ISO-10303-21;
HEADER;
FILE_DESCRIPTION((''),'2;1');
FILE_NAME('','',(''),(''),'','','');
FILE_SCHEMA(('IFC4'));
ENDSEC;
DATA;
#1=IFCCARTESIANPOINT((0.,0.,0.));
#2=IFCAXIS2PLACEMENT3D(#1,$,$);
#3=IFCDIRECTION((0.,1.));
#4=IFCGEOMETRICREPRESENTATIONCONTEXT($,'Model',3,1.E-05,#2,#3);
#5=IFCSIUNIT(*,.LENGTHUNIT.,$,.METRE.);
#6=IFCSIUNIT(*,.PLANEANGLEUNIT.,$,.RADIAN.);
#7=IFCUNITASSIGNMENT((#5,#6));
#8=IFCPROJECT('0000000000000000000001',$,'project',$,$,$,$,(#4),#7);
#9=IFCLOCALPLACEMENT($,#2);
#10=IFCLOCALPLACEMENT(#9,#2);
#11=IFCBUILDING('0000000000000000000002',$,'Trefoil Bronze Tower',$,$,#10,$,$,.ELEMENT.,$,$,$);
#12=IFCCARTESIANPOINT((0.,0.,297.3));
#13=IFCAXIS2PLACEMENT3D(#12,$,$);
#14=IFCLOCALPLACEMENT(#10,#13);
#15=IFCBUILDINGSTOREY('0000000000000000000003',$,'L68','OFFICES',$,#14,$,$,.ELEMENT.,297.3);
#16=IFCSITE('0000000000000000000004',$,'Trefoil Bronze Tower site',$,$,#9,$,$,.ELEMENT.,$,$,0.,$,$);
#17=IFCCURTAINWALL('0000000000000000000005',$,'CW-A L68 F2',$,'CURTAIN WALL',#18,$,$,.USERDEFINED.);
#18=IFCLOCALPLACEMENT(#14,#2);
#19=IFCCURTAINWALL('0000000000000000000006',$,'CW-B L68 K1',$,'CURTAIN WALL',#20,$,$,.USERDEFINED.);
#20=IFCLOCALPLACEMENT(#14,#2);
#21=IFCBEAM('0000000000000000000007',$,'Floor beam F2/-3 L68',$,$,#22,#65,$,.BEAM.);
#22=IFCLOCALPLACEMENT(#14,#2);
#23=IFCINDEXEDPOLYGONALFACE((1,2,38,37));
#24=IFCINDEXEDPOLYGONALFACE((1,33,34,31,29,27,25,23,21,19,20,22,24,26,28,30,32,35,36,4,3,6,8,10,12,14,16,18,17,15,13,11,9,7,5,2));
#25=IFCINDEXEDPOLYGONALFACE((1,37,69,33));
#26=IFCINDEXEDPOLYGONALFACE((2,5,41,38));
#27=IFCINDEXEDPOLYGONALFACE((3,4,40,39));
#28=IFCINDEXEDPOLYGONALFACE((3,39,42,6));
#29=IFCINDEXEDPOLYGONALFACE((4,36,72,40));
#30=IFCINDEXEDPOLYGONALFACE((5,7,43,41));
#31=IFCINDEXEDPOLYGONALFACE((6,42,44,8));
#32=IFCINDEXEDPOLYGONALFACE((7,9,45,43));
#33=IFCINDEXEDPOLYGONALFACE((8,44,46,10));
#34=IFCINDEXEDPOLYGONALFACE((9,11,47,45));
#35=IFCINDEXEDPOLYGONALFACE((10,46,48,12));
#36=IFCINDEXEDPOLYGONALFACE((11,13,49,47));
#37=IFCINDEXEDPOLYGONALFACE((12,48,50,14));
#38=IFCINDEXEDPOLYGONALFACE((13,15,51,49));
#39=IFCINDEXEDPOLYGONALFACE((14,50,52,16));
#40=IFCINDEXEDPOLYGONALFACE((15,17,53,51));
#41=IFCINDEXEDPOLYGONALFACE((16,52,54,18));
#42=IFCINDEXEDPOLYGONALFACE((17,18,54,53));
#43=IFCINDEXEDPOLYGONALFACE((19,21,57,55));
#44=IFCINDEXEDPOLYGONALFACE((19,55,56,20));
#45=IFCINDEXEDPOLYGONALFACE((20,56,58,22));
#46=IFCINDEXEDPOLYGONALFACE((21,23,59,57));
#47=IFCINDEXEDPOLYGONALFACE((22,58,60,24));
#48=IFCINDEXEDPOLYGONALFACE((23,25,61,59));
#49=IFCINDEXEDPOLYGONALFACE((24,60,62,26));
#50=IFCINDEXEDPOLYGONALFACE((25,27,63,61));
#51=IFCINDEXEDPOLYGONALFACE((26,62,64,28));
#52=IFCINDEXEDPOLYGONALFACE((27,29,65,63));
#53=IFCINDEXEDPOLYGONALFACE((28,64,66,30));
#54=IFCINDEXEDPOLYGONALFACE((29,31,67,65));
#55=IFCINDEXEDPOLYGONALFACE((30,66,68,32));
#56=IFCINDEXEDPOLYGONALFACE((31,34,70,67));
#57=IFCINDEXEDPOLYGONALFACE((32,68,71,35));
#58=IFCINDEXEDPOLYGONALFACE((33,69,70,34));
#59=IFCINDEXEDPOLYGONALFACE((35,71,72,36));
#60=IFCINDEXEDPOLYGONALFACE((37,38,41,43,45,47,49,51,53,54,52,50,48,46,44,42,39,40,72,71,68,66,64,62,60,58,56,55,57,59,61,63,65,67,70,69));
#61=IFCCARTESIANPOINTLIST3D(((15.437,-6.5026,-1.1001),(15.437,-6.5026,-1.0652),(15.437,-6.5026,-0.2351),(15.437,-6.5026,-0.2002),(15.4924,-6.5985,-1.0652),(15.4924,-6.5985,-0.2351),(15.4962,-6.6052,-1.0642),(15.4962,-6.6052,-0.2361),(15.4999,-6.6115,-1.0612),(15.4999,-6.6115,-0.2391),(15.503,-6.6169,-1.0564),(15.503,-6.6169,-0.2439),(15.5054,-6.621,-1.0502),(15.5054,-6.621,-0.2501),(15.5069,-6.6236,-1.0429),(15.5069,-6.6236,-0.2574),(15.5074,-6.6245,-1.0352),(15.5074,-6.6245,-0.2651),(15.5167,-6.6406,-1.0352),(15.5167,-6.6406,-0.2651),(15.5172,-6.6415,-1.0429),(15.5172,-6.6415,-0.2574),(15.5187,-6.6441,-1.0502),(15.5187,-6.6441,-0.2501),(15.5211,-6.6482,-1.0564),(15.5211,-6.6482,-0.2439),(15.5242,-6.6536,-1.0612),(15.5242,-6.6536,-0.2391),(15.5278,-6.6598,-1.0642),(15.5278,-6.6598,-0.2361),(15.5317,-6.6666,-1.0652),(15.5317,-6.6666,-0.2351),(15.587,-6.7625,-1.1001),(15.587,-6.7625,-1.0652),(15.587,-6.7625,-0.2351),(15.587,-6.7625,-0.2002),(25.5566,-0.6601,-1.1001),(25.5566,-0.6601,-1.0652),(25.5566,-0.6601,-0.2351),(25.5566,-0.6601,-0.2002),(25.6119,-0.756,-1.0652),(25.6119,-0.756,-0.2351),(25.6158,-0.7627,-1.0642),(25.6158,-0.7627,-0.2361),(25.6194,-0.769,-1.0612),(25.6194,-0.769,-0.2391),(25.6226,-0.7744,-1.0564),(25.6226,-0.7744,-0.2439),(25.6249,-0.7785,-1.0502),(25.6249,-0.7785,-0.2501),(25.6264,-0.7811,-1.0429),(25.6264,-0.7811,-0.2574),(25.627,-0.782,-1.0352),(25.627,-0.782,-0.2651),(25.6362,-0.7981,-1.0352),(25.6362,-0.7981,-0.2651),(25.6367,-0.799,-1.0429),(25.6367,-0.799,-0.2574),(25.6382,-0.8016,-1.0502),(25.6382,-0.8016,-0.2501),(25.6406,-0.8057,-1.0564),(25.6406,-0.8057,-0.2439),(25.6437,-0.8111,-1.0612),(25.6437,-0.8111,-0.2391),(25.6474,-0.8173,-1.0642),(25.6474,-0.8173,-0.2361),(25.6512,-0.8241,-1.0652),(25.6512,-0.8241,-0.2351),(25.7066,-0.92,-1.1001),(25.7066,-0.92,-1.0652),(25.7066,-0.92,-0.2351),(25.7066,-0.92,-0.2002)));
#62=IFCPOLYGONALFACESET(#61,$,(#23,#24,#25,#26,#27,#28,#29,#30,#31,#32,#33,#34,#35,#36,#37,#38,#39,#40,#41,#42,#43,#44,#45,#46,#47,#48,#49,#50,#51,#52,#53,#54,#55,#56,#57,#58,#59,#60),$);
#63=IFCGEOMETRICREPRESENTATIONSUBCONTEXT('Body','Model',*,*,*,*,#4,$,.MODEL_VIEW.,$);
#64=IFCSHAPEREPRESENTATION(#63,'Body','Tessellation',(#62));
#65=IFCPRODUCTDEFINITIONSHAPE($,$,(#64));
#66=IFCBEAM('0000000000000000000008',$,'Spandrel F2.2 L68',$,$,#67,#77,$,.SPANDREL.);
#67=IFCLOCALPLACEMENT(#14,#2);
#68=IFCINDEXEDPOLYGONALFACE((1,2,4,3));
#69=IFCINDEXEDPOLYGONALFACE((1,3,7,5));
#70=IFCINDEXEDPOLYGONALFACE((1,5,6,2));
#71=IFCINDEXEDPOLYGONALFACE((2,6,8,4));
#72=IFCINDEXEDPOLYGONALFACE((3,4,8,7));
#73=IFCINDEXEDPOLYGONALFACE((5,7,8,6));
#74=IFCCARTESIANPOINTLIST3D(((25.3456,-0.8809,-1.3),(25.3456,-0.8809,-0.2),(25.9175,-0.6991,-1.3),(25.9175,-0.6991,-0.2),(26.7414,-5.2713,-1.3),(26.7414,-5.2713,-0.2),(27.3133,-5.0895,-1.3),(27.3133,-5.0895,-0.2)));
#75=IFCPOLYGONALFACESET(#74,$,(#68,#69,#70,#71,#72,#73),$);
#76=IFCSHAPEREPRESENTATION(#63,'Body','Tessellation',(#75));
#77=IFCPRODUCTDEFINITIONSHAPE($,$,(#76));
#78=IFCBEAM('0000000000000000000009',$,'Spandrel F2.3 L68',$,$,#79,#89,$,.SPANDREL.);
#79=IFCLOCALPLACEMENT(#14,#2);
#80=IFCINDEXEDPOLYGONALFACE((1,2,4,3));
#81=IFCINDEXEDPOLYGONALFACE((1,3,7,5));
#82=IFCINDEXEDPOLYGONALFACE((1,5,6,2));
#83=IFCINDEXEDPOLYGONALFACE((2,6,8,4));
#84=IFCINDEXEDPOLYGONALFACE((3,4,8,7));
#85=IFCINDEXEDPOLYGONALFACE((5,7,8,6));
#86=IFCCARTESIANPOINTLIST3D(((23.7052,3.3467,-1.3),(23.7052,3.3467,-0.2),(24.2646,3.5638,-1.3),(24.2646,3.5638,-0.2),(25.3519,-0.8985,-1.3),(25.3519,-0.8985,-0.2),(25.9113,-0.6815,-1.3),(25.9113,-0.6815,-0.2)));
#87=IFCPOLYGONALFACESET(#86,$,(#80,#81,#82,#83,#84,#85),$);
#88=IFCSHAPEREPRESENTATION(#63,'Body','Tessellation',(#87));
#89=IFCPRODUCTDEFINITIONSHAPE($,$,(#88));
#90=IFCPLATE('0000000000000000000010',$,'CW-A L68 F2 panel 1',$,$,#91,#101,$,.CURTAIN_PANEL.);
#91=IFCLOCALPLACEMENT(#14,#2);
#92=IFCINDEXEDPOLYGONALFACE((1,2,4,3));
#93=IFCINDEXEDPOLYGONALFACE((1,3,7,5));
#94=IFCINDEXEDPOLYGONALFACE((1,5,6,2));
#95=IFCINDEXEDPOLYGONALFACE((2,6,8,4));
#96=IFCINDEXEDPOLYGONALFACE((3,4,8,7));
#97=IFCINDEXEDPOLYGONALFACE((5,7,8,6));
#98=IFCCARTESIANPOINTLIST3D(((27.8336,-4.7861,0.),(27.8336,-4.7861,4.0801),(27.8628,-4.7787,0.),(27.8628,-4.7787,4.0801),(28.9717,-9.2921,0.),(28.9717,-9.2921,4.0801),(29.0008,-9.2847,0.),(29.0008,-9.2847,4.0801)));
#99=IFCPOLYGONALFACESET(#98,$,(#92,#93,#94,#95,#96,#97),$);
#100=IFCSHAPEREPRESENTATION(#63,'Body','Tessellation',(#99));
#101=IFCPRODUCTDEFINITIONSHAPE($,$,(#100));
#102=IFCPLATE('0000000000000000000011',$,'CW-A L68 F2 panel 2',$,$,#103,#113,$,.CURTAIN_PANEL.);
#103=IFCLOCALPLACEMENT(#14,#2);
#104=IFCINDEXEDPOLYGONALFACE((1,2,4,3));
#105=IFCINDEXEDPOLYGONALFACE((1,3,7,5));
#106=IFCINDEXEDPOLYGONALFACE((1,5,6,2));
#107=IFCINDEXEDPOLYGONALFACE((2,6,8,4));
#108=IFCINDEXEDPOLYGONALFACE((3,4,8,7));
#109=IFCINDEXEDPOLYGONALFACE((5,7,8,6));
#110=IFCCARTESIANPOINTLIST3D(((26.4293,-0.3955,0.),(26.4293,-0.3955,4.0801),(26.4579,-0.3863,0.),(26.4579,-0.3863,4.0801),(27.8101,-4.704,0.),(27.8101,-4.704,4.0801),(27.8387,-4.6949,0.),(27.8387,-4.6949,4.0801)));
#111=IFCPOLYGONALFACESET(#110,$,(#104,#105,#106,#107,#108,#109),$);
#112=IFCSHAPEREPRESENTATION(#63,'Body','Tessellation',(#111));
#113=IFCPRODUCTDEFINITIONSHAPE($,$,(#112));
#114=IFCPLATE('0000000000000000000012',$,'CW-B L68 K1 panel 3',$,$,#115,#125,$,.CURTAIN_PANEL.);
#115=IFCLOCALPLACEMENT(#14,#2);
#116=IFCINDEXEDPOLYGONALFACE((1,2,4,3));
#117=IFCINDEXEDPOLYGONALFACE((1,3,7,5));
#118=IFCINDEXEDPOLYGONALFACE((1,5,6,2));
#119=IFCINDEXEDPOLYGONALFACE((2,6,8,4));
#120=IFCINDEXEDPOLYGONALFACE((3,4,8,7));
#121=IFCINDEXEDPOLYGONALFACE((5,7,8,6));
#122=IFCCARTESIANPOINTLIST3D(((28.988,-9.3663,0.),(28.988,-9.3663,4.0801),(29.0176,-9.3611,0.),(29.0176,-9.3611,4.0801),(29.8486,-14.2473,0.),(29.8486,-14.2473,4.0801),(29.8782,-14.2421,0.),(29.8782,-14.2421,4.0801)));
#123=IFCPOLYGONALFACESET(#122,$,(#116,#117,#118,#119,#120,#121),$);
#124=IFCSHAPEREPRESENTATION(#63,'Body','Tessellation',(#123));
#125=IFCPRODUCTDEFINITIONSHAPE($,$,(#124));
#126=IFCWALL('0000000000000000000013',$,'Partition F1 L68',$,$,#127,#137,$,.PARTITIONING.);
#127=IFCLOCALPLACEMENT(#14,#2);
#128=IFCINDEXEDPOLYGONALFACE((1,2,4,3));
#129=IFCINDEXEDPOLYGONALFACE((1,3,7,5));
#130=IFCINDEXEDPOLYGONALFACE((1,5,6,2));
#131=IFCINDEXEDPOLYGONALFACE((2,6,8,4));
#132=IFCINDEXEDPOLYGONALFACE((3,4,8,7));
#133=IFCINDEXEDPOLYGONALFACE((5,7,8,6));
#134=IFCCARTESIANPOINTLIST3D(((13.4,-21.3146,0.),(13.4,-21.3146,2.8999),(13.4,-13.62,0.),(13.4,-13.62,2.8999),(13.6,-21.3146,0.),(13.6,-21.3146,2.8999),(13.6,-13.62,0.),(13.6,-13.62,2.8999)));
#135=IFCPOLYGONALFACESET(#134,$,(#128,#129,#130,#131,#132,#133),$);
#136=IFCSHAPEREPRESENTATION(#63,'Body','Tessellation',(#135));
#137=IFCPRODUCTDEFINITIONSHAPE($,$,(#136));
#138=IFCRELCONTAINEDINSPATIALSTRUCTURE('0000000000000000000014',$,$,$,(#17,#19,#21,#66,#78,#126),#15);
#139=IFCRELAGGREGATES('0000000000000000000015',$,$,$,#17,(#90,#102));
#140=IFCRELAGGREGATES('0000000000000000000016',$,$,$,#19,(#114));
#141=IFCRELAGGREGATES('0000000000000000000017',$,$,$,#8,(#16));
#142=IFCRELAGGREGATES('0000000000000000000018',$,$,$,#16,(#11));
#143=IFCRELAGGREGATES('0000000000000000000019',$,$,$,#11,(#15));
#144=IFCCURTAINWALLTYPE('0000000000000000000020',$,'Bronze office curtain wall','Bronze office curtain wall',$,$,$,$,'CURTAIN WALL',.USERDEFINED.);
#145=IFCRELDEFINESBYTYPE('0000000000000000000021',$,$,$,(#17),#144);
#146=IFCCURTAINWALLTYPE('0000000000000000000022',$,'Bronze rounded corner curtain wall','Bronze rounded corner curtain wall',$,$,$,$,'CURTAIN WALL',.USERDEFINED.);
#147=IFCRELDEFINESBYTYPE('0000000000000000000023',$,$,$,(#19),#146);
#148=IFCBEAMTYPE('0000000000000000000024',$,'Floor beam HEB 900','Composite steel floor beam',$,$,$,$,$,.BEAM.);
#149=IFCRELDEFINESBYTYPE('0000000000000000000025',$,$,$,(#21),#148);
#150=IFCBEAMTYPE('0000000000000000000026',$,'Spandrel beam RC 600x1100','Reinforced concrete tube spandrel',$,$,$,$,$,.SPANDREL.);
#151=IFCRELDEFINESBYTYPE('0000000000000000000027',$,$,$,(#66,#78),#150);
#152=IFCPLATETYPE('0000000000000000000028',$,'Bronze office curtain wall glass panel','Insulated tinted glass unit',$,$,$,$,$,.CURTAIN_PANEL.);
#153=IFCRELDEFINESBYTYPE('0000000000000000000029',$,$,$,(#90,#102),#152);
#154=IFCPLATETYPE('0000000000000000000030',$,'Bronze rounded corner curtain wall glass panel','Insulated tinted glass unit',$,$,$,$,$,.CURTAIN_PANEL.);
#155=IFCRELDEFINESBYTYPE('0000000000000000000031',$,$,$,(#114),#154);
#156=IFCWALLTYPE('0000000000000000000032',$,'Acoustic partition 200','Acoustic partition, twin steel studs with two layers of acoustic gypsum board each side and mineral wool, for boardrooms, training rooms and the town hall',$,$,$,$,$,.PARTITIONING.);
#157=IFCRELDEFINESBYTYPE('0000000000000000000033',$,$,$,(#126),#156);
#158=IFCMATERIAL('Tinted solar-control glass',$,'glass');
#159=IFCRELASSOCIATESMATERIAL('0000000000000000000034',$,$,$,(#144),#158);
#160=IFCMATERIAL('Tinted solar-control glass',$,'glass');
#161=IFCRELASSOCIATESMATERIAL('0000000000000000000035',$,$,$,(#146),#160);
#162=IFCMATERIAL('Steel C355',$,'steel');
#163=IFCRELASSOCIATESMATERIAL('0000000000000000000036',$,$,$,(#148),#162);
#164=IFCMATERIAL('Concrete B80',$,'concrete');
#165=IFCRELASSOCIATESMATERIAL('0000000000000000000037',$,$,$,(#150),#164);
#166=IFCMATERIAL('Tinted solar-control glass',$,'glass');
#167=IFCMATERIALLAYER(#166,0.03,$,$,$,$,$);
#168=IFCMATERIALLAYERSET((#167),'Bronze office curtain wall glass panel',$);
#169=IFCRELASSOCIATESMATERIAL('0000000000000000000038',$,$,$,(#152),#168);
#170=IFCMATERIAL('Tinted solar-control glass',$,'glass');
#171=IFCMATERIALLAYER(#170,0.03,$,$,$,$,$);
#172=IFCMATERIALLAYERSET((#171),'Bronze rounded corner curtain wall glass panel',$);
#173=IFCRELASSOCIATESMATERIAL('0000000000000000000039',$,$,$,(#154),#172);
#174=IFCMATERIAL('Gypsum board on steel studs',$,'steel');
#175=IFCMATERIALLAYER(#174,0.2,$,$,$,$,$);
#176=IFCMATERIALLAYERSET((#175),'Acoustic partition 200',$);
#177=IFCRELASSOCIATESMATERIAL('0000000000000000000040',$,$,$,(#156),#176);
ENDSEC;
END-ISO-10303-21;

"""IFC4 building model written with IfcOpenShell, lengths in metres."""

from ifc_helpers import new_model, si_unit, direction, frame, frame_2d, origin, origin_2d, place, context, subcontext, project, spatial, rectangle, i_section, extrude, material, layer, layer_set, material_profile, profile_set, type_object, element, aggregate, save


model = new_model("IFC4")

# Units and contexts
model_context = context("Model", 3, precision=1e-05, world=origin(), true_north=direction((0.0, 1.0)))
body_context = subcontext(model_context, "Body", "Model", "MODEL_VIEW")
ifc_project = project(units=[si_unit("LENGTHUNIT", "METRE"), si_unit("PLANEANGLEUNIT", "RADIAN")], contexts=[model_context])

# Site, building, storey
site_placement = place(None, origin())
site = spatial("IfcSite", under=ifc_project, at=site_placement, Name="Trefoil Bronze Tower site", CompositionType="ELEMENT", RefElevation=0.0)
building_placement = place(site_placement, origin())
building = spatial("IfcBuilding", under=site, at=building_placement, Name="Trefoil Bronze Tower", CompositionType="ELEMENT")
storey_placement = place(building_placement, frame((0.0, 0.0, 297.3)))
storey = spatial("IfcBuildingStorey", under=building, at=storey_placement, Name="L68", Description="OFFICES", CompositionType="ELEMENT", Elevation=297.3)

# Curtain wall
ifc_material_1 = material(Name="Tinted solar-control glass", Category="glass")
curtain_wall_type_1 = type_object("IfcCurtainWallType", Name="Bronze office curtain wall", Description="Bronze office curtain wall", ElementType="CURTAIN WALL", PredefinedType="USERDEFINED", material=ifc_material_1)
curtain_wall_1_placement = place(storey_placement, origin())
curtain_wall_1 = element("IfcCurtainWall", 1, at=curtain_wall_1_placement, inside=storey, type_object=curtain_wall_type_1, Name="CW-A L68 F2", ObjectType="CURTAIN WALL", PredefinedType="USERDEFINED")

# Curtain wall
ifc_material_2 = material(Name="Tinted solar-control glass", Category="glass")
curtain_wall_type_2 = type_object("IfcCurtainWallType", Name="Bronze rounded corner curtain wall", Description="Bronze rounded corner curtain wall", ElementType="CURTAIN WALL", PredefinedType="USERDEFINED", material=ifc_material_2)
curtain_wall_2_placement = place(storey_placement, origin())
curtain_wall_2 = element("IfcCurtainWall", 2, at=curtain_wall_2_placement, inside=storey, type_object=curtain_wall_type_2, Name="CW-B L68 K1", ObjectType="CURTAIN WALL", PredefinedType="USERDEFINED")

# Beams
ifc_material_3 = material(Name="Steel C355", Category="steel")
ifc_material_profile_1 = material_profile(ifc_material_3, i_section(OverallWidth=0.3, OverallDepth=0.8999, WebThickness=0.0186, FlangeThickness=0.0349, FilletRadius=0.03, at=origin_2d()), Name="HEB 900")
ifc_profile_set_1 = profile_set([ifc_material_profile_1], Name="Steel C355")
beam_type_1 = type_object("IfcBeamType", Name="Floor beam HEB 900", Description="Composite steel floor beam", PredefinedType="BEAM", material=ifc_profile_set_1)
beam_1_placement = place(storey_placement, frame((25.6316, -0.79, -0.6501), z_axis=(-0.866027, -0.499997, 0.0), x_axis=(0.499997, -0.866027, 0.0)))
element("IfcBeam", 3, at=beam_1_placement, inside=storey, type_object=beam_type_1, Name="Floor beam F2/-3 L68", PredefinedType="BEAM", context=body_context, shape_type="SweptSolid", body=[
    extrude(i_section(OverallWidth=0.3, OverallDepth=0.8999, WebThickness=0.0186, FlangeThickness=0.0349, FilletRadius=0.03, at=origin_2d()), origin(), (0.0, 0.0, 1.0), 11.6851),
])
ifc_material_4 = material(Name="Concrete B80", Category="concrete")
ifc_material_profile_2 = material_profile(ifc_material_4, rectangle(XDim=0.6001, YDim=1.1001, at=origin_2d()), Name="RC 600x1100")
ifc_profile_set_2 = profile_set([ifc_material_profile_2], Name="Concrete B80")
beam_type_2 = type_object("IfcBeamType", Name="Spandrel beam RC 600x1100", Description="Reinforced concrete tube spandrel", PredefinedType="SPANDREL", material=ifc_profile_set_2)
beam_2_placement = place(storey_placement, frame((27.0273, -5.1804, -0.75), z_axis=(-0.30297, 0.953, 0.0), x_axis=(-0.953, -0.30297, 0.0)))
element("IfcBeam", 4, at=beam_2_placement, inside=storey, type_object=beam_type_2, Name="Spandrel F2.2 L68", PredefinedType="SPANDREL", context=body_context, shape_type="SweptSolid", body=[
    extrude(rectangle(XDim=0.6001, YDim=1.1001, at=origin_2d()), origin(), (0.0, 0.0, 1.0), 4.6069),
])
beam_3_placement = place(storey_placement, frame((25.6316, -0.79, -0.75), z_axis=(-0.361636, 0.932319, 0.0), x_axis=(-0.932319, -0.361636, 0.0)))
element("IfcBeam", 5, at=beam_3_placement, inside=storey, type_object=beam_type_2, Name="Spandrel F2.3 L68", PredefinedType="SPANDREL", context=body_context, shape_type="SweptSolid", body=[
    extrude(rectangle(XDim=0.6001, YDim=1.1001, at=origin_2d()), origin(), (0.0, 0.0, 1.0), 4.5535),
])

# Plates
ifc_material_5 = material(Name="Tinted solar-control glass", Category="glass")
ifc_layer_1 = layer(ifc_material_5, 0.03)
ifc_layer_set_1 = layer_set([ifc_layer_1], Name="Bronze office curtain wall glass panel")
plate_type_1 = type_object("IfcPlateType", Name="Bronze office curtain wall glass panel", Description="Insulated tinted glass unit", PredefinedType="CURTAIN_PANEL", material=ifc_layer_set_1)
plate_1_placement = place(storey_placement, frame((28.4172, -7.0354, 0.0), z_axis=(0.0, 0.0, 1.0), x_axis=(-0.24488, 0.969554, 0.0)))
plate_1 = element("IfcPlate", 6, at=plate_1_placement, type_object=plate_type_1, Name="CW-A L68 F2 panel 1", PredefinedType="CURTAIN_PANEL", context=body_context, shape_type="SweptSolid", body=[
    extrude(rectangle(XDim=4.6475, YDim=0.03, at=origin_2d()), origin(), (0.0, 0.0, 1.0), 4.0801),
])
plate_2_placement = place(storey_placement, frame((27.134, -2.5452, 0.0), z_axis=(0.0, 0.0, 1.0), x_axis=(-0.305188, 0.952292, 0.0)))
plate_2 = element("IfcPlate", 7, at=plate_2_placement, type_object=plate_type_1, Name="CW-A L68 F2 panel 2", PredefinedType="CURTAIN_PANEL", context=body_context, shape_type="SweptSolid", body=[
    extrude(rectangle(XDim=4.5244, YDim=0.03, at=origin_2d()), origin(), (0.0, 0.0, 1.0), 4.0801),
])
aggregate(curtain_wall_1, [plate_1, plate_2])
ifc_material_6 = material(Name="Tinted solar-control glass", Category="glass")
ifc_layer_2 = layer(ifc_material_6, 0.03)
ifc_layer_set_2 = layer_set([ifc_layer_2], Name="Bronze rounded corner curtain wall glass panel")
plate_type_2 = type_object("IfcPlateType", Name="Bronze rounded corner curtain wall glass panel", Description="Insulated tinted glass unit", PredefinedType="CURTAIN_PANEL", material=ifc_layer_set_2)
plate_3_placement = place(storey_placement, frame((29.4331, -11.8042, 0.0), z_axis=(0.0, 0.0, 1.0), x_axis=(-0.173648, 0.984808, 0.0)))
plate_3 = element("IfcPlate", 8, at=plate_3_placement, type_object=plate_type_2, Name="CW-B L68 K1 panel 3", PredefinedType="CURTAIN_PANEL", context=body_context, shape_type="SweptSolid", body=[
    extrude(rectangle(XDim=4.9563, YDim=0.03, at=origin_2d()), origin(), (0.0, 0.0, 1.0), 4.0801),
])
aggregate(curtain_wall_2, [plate_3])

# Wall
ifc_material_7 = material(Name="Gypsum board on steel studs", Category="steel")
ifc_layer_3 = layer(ifc_material_7, 0.2)
ifc_layer_set_3 = layer_set([ifc_layer_3], Name="Acoustic partition 200")
wall_type_1 = type_object("IfcWallType", Name="Acoustic partition 200", Description="Acoustic partition, twin steel studs with two layers of acoustic gypsum board each side and mineral wool, for boardrooms, training rooms and the town hall", PredefinedType="PARTITIONING", material=ifc_layer_set_3)
wall_1_placement = place(storey_placement, frame((13.5, -13.6201, 0.0), z_axis=(0.0, 0.0, 1.0), x_axis=(0.0, -1.0, 0.0)))
element("IfcWall", 9, at=wall_1_placement, inside=storey, type_object=wall_type_1, Name="Partition F1 L68", PredefinedType="PARTITIONING", context=body_context, shape_type="SweptSolid", body=[
    extrude(rectangle(XDim=7.6946, YDim=0.2, at=frame_2d((3.8472, 0.0))), origin(), (0.0, 0.0, 1.0), 2.8999),
])

save(model, "model.ifc")
